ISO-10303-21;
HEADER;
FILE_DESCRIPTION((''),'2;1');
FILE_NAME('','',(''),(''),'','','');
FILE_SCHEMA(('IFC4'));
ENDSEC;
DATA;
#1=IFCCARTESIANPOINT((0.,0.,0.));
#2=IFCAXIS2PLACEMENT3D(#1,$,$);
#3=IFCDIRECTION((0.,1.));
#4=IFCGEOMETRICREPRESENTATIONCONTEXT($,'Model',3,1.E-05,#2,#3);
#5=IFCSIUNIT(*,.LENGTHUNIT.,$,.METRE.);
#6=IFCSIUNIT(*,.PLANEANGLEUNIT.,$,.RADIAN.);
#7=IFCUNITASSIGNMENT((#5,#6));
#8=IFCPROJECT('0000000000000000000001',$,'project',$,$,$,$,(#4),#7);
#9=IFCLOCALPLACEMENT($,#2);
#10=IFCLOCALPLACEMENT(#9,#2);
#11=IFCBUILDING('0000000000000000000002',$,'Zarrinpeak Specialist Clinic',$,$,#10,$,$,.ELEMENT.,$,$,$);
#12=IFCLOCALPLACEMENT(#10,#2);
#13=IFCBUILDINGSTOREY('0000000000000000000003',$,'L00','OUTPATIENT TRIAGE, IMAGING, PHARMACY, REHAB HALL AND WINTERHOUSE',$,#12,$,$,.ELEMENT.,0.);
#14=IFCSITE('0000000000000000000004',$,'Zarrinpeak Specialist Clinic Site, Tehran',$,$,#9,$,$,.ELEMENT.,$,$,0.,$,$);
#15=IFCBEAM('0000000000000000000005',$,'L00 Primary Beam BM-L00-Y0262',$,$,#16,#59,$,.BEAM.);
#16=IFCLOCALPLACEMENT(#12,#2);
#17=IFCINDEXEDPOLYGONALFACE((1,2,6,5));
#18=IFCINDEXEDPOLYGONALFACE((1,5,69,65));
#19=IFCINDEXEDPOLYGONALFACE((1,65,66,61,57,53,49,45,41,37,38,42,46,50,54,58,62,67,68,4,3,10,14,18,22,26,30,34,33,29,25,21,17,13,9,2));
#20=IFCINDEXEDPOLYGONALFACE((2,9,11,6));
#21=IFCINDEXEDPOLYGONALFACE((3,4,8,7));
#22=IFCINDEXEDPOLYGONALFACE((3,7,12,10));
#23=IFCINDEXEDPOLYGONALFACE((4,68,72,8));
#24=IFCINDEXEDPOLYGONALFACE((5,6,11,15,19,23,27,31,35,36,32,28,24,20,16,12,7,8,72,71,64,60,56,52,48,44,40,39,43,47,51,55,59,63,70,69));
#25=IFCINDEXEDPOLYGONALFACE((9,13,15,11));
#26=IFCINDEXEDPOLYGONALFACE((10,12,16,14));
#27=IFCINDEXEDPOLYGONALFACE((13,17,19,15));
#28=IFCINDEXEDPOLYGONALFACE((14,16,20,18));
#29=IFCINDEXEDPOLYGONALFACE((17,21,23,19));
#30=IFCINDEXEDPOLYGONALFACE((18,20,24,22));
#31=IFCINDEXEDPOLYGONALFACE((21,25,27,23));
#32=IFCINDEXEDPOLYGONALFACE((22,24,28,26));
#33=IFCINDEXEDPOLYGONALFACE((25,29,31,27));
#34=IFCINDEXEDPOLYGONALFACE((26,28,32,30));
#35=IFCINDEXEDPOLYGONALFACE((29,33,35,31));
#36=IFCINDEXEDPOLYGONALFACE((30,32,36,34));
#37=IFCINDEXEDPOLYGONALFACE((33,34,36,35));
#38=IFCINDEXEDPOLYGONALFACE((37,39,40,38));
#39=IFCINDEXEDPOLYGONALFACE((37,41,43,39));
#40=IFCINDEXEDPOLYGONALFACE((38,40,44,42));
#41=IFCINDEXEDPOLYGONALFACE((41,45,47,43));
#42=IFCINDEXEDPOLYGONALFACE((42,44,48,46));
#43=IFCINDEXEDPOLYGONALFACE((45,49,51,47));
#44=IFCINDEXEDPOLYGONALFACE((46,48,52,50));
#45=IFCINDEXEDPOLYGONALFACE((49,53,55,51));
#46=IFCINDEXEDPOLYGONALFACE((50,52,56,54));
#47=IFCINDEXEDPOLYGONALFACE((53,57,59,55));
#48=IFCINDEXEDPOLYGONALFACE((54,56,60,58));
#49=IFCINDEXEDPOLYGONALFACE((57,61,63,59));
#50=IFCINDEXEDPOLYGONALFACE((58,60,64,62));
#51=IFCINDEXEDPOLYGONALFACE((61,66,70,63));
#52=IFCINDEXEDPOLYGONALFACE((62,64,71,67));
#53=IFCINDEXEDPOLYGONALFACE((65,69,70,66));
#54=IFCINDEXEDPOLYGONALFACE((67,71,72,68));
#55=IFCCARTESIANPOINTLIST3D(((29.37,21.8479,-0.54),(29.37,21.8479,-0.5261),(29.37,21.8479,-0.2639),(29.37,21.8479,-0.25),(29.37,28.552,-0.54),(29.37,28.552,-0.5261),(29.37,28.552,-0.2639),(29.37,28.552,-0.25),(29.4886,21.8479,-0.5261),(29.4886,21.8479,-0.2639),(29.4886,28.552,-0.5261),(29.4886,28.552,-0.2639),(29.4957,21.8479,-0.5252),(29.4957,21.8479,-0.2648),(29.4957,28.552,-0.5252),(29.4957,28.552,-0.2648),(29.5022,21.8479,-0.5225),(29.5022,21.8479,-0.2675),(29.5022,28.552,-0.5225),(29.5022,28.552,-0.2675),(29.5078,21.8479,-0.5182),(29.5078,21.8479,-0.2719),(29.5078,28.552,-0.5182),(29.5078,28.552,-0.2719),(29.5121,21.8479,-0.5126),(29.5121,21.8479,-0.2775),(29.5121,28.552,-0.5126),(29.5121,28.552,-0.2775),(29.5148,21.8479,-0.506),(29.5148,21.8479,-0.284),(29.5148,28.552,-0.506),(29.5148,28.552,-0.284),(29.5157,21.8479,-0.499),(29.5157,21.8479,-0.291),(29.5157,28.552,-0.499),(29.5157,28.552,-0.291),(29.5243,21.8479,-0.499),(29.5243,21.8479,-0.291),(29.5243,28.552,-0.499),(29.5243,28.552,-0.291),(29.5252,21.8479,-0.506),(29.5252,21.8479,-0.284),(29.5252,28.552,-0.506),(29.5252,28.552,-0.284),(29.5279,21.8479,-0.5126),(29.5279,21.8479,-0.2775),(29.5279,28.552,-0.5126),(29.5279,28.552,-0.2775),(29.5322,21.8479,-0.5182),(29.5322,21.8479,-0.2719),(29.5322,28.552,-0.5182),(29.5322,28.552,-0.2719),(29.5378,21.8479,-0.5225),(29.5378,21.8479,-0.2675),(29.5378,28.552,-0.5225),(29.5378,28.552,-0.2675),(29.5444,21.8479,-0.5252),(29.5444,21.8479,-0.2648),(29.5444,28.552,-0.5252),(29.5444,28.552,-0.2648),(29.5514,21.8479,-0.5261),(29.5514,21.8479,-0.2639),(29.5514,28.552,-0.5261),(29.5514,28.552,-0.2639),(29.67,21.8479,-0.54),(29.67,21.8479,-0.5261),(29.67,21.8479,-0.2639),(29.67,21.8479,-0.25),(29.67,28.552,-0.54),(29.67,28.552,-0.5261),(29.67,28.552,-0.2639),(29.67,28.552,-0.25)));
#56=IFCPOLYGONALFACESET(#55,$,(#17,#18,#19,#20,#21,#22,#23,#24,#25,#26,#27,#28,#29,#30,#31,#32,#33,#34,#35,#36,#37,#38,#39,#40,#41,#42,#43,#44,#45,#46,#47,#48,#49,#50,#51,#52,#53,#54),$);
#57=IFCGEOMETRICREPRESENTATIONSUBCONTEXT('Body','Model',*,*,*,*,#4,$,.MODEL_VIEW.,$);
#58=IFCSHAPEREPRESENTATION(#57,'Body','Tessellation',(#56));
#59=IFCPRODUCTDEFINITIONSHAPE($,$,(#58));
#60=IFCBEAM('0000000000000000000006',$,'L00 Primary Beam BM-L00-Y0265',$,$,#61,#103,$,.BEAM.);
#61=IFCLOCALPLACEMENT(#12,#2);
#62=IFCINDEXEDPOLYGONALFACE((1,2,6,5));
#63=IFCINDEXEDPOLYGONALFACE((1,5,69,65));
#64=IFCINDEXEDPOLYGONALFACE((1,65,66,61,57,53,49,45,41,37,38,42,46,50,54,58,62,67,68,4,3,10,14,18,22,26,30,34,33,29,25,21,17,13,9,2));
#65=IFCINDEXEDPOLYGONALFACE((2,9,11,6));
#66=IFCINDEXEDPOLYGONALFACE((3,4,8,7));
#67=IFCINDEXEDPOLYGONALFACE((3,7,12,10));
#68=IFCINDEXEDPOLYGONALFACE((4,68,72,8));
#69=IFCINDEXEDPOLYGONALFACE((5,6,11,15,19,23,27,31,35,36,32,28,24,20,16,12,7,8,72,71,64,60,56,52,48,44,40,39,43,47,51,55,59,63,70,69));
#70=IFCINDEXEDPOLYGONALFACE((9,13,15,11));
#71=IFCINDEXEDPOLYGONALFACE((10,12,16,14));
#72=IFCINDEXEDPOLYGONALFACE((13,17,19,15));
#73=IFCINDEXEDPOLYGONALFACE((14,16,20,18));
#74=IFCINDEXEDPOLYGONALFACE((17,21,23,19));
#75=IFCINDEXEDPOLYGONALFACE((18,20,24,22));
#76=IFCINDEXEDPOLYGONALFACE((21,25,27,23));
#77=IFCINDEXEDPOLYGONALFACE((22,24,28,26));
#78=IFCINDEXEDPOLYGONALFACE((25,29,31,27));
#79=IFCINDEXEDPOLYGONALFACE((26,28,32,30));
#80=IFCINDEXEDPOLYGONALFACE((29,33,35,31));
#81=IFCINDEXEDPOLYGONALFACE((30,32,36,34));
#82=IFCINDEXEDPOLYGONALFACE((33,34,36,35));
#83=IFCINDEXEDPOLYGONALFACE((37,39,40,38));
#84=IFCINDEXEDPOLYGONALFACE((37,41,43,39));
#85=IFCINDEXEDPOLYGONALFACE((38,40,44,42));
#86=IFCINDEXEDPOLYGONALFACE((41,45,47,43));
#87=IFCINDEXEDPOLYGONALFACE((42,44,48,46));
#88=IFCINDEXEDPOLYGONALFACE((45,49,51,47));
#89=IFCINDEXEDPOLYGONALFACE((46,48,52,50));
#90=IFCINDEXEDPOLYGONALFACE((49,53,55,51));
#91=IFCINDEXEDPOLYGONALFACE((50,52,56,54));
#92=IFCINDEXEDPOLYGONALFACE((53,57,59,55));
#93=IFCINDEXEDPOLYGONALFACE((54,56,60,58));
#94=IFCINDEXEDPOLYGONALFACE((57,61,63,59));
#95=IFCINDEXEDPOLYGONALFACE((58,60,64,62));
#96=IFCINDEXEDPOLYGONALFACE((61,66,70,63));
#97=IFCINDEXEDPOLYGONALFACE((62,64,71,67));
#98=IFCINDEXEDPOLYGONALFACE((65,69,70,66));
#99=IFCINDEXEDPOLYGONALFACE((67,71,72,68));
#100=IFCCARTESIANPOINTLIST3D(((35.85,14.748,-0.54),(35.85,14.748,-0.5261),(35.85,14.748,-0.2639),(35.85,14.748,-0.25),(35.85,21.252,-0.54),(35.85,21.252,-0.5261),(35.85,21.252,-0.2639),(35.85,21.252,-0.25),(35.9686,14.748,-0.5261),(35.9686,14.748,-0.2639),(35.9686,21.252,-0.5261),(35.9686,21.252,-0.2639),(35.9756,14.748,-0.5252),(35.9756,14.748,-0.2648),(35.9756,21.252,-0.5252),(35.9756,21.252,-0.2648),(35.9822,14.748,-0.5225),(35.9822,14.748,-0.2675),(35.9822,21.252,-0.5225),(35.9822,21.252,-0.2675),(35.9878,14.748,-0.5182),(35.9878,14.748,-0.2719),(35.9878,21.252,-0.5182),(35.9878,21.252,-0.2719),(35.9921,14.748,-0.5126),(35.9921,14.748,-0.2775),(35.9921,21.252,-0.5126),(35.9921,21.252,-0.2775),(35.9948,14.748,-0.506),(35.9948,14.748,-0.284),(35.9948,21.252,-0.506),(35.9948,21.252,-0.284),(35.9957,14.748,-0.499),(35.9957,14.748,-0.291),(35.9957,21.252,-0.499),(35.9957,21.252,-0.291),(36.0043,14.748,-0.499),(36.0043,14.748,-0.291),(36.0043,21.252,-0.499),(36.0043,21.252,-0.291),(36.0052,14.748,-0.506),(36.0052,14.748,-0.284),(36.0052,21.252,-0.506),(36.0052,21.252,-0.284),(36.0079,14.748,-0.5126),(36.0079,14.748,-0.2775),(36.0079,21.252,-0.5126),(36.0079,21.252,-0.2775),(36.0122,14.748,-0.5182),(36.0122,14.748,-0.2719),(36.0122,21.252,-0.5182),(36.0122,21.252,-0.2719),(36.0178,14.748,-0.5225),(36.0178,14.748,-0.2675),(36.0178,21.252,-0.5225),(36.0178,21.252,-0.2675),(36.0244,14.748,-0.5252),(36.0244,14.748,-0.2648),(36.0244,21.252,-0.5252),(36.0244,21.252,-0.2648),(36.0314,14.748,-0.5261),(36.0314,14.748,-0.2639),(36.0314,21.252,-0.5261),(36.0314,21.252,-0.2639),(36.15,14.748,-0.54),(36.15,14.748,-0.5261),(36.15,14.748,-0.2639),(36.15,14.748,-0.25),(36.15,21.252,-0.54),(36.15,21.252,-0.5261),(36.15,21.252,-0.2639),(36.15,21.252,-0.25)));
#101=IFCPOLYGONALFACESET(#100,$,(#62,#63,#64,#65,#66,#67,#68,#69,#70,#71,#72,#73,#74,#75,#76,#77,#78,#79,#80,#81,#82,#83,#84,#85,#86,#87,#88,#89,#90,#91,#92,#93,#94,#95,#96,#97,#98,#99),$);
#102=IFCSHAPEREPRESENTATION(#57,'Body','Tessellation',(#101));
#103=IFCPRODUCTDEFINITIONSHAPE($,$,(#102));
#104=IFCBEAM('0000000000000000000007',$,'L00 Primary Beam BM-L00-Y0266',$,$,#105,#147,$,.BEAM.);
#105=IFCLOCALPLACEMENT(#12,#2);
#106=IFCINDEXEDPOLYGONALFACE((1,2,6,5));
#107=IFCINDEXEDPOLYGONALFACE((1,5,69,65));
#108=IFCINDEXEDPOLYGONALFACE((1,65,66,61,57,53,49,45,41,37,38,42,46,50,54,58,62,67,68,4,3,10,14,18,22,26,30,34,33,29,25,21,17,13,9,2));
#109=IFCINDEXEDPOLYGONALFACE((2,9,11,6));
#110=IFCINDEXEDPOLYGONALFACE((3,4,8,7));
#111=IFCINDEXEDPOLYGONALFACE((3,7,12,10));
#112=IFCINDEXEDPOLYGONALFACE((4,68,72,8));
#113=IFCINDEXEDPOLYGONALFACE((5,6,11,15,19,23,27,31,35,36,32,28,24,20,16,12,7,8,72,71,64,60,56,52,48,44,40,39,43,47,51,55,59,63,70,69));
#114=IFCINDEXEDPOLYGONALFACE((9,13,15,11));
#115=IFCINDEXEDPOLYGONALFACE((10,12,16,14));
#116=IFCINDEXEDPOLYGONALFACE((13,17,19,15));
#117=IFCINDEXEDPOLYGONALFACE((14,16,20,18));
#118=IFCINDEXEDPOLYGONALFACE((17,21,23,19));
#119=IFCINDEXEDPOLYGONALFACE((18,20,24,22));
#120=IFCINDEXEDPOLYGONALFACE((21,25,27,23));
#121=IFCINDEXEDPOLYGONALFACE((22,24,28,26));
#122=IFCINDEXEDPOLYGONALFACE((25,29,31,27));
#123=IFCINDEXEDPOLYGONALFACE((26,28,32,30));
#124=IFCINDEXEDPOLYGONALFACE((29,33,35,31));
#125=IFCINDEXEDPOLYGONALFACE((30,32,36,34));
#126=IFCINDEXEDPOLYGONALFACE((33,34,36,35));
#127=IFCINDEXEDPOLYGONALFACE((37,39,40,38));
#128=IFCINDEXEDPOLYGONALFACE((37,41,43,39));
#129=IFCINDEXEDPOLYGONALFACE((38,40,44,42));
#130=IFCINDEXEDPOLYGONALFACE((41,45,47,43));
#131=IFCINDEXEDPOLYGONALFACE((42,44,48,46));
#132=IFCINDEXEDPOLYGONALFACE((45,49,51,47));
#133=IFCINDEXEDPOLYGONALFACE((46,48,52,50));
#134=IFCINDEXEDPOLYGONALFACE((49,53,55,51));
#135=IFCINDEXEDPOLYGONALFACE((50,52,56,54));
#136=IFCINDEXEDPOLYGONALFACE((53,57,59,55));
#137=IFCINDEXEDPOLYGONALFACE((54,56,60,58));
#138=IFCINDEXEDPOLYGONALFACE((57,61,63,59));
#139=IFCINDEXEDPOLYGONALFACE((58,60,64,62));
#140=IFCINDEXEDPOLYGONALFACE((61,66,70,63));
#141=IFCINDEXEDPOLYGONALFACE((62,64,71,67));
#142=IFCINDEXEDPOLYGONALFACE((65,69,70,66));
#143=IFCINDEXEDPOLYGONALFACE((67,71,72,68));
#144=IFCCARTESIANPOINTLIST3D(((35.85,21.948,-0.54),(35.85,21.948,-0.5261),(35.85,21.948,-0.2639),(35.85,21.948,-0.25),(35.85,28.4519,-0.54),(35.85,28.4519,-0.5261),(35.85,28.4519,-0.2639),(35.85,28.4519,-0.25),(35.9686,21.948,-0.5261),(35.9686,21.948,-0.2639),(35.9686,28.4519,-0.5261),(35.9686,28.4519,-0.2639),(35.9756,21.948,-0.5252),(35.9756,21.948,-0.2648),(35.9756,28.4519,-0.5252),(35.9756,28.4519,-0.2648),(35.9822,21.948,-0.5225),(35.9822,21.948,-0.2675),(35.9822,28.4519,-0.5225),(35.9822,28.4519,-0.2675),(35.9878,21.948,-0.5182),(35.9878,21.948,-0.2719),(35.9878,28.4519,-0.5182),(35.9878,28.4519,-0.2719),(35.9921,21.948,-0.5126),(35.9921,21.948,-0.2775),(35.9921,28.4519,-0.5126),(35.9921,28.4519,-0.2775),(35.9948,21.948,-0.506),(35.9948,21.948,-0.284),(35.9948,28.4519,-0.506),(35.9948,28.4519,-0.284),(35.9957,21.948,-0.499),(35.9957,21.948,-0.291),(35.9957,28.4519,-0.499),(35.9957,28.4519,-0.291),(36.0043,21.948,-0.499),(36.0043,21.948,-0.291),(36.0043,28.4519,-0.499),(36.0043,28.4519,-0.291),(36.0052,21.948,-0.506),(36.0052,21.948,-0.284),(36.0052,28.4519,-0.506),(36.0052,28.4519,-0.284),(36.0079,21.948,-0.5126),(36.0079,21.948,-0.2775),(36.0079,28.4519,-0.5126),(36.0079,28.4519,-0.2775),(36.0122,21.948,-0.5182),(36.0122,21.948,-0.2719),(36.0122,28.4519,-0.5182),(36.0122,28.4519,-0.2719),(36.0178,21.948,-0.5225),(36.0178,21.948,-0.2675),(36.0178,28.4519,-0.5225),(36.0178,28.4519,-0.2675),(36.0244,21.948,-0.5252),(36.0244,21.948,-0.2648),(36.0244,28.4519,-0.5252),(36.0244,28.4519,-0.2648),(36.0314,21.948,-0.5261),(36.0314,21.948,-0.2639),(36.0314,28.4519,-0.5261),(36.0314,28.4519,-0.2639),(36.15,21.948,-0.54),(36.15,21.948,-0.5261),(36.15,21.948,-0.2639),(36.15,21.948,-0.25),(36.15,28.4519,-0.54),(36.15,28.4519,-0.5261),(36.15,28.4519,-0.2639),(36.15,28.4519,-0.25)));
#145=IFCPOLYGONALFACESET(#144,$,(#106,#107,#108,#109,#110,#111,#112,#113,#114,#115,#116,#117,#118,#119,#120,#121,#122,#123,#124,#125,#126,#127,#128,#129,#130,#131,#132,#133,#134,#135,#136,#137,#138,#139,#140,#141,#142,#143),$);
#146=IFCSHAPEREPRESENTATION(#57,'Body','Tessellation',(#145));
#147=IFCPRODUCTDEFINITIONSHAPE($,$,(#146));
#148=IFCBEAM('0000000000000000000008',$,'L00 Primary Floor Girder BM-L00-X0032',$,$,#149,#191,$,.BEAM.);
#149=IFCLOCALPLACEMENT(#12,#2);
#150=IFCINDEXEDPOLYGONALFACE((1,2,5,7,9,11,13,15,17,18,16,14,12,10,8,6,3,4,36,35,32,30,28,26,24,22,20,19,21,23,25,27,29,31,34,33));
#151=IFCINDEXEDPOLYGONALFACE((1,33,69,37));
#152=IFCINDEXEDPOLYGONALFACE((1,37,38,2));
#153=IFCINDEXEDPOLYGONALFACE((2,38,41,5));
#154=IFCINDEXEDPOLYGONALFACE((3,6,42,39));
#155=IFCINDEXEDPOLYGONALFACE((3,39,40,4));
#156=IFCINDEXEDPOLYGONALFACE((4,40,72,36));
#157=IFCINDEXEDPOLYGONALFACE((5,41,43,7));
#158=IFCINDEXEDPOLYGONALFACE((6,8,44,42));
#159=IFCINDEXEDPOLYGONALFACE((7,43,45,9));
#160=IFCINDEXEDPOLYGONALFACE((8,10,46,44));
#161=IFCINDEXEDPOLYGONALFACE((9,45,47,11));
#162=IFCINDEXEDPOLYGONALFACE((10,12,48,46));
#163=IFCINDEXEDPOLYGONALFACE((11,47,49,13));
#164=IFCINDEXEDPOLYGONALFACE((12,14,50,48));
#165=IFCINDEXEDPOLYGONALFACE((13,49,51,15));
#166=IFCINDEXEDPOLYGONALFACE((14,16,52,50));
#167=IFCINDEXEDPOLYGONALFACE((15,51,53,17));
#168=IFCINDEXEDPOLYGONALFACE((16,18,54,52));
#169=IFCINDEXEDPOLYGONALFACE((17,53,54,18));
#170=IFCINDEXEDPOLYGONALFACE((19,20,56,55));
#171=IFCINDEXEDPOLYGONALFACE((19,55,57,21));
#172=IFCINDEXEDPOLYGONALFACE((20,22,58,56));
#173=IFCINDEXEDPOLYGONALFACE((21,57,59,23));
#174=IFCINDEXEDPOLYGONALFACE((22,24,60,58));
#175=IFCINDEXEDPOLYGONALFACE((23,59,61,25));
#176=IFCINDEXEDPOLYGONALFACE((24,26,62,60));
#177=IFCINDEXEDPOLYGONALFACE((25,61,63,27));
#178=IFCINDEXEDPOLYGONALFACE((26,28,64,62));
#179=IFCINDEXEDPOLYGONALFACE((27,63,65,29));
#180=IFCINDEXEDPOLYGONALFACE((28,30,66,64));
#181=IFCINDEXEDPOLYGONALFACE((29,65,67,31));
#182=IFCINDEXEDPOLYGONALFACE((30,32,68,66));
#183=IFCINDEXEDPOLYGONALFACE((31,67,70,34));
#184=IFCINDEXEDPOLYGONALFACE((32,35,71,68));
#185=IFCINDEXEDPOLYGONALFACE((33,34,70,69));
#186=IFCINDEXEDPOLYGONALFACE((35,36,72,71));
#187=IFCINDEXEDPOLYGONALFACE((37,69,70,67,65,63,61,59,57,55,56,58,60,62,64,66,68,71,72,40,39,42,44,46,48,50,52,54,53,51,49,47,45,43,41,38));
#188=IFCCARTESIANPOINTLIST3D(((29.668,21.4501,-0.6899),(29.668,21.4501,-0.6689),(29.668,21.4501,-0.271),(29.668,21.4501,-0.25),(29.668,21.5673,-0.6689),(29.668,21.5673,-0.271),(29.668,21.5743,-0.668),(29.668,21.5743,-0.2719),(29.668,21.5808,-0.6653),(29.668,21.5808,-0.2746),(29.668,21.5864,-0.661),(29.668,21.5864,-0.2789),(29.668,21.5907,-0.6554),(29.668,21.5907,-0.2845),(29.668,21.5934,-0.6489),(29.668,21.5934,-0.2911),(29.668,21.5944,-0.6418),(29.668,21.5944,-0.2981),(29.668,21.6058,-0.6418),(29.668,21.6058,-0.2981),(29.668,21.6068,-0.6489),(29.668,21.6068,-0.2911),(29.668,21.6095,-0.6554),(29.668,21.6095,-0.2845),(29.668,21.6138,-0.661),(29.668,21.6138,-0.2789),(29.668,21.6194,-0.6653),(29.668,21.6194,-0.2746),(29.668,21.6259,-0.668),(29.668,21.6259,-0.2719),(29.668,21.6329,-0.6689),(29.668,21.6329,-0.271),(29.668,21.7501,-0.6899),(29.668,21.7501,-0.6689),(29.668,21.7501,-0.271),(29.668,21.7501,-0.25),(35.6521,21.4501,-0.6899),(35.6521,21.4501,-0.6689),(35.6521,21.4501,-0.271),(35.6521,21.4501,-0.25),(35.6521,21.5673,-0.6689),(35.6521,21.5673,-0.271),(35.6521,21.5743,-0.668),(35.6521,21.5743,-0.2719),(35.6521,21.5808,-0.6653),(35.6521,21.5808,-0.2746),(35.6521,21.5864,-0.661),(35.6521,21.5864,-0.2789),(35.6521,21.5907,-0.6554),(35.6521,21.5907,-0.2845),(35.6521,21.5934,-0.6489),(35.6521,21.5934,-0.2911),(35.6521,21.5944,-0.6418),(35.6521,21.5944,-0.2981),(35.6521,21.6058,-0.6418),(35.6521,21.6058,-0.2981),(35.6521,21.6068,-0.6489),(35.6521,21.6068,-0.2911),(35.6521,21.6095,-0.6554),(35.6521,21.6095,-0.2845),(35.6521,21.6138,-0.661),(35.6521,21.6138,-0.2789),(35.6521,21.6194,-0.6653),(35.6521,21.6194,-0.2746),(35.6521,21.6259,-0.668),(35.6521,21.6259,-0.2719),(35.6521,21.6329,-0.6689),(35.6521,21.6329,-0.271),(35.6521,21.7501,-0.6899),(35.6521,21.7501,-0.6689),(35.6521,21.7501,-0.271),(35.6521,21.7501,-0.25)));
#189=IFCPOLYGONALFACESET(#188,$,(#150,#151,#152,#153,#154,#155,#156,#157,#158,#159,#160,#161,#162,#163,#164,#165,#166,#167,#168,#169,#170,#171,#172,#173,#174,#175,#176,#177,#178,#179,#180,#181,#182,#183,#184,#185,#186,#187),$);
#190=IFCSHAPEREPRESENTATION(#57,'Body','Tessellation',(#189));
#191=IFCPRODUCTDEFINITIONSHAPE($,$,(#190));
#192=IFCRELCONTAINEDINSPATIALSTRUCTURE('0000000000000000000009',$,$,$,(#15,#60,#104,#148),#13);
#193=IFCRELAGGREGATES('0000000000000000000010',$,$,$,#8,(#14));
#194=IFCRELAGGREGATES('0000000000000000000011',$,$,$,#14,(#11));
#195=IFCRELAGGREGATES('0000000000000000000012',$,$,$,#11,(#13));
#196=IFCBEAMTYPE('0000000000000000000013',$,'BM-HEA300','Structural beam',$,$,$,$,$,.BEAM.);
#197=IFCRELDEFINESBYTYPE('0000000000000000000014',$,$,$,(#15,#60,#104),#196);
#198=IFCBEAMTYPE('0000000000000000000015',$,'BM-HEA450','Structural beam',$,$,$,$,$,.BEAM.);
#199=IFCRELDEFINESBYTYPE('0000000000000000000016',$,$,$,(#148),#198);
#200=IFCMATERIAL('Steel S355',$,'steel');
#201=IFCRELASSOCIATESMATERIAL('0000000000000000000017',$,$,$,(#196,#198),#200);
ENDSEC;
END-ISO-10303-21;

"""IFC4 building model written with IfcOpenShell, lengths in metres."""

from ifc_helpers import new_model, si_unit, direction, frame, origin, origin_2d, place, context, subcontext, project, spatial, i_section, extrude, material, material_profile, profile_set, type_object, element, save


model = new_model("IFC4")

# Units and contexts
model_context = context("Model", 3, precision=1e-05, world=origin(), true_north=direction((0.0, 1.0)))
body_context = subcontext(model_context, "Body", "Model", "MODEL_VIEW")
ifc_project = project(units=[si_unit("LENGTHUNIT", "METRE"), si_unit("PLANEANGLEUNIT", "RADIAN")], contexts=[model_context])

# Site, building, storey
site_placement = place(None, origin())
site = spatial("IfcSite", under=ifc_project, at=site_placement, Name="Zarrinpeak Specialist Clinic Site, Tehran", CompositionType="ELEMENT", RefElevation=0.0)
building_placement = place(site_placement, origin())
building = spatial("IfcBuilding", under=site, at=building_placement, Name="Zarrinpeak Specialist Clinic", CompositionType="ELEMENT")
storey_placement = place(building_placement, origin())
storey = spatial("IfcBuildingStorey", under=building, at=storey_placement, Name="L00", Description="OUTPATIENT TRIAGE, IMAGING, PHARMACY, REHAB HALL AND WINTERHOUSE", CompositionType="ELEMENT", Elevation=0.0)

# Shared definitions
ifc_material_1 = material(Name="Steel S355", Category="steel")

# Beams
ifc_material_profile_1 = material_profile(ifc_material_1, i_section(OverallWidth=0.3, OverallDepth=0.29, WebThickness=0.0085, FlangeThickness=0.0139, FilletRadius=0.0271, at=origin_2d()), Name="HEA 300")
ifc_profile_set_1 = profile_set([ifc_material_profile_1], Name="Steel S355")
beam_type_1 = type_object("IfcBeamType", Name="BM-HEA300", Description="Structural beam", PredefinedType="BEAM", material=ifc_profile_set_1)
beam_1_placement = place(storey_placement, frame((29.52, 21.8479, -0.395), z_axis=(0.0, 1.0, 0.0), x_axis=(-1.0, 0.0, 0.0)))
element("IfcBeam", 1, at=beam_1_placement, inside=storey, type_object=beam_type_1, Name="L00 Primary Beam BM-L00-Y0262", PredefinedType="BEAM", context=body_context, shape_type="SweptSolid", body=[
    extrude(i_section(OverallWidth=0.3, OverallDepth=0.29, WebThickness=0.0085, FlangeThickness=0.0139, FilletRadius=0.0271, at=origin_2d()), origin(), (0.0, 0.0, 1.0), 6.7041),
])
for number, where, z_axis, x_axis, name in (
    (2, (36.0, 14.748, -0.395), (0.0, 1.0, 0.0), (-1.0, 0.0, 0.0), "L00 Primary Beam BM-L00-Y0265"),
    (3, (36.0, 21.948, -0.395), (0.0, 1.0, 0.0), (-1.0, 0.0, 0.0), "L00 Primary Beam BM-L00-Y0266"),
):
    element("IfcBeam", number, at=place(storey_placement, frame(where, z_axis=z_axis, x_axis=x_axis)), inside=storey, type_object=beam_type_1, Name=name, PredefinedType="BEAM", context=body_context, shape_type="SweptSolid", body=[
        extrude(i_section(OverallWidth=0.3, OverallDepth=0.29, WebThickness=0.0085, FlangeThickness=0.0139, FilletRadius=0.0271, at=origin_2d()), origin(), (0.0, 0.0, 1.0), 6.5039),
    ])
ifc_material_profile_2 = material_profile(ifc_material_1, i_section(OverallWidth=0.3, OverallDepth=0.4399, WebThickness=0.0115, FlangeThickness=0.021, FilletRadius=0.0271, at=origin_2d()), Name="HEA 450")
ifc_profile_set_2 = profile_set([ifc_material_profile_2], Name="Steel S355")
beam_type_2 = type_object("IfcBeamType", Name="BM-HEA450", Description="Structural beam", PredefinedType="BEAM", material=ifc_profile_set_2)
beam_2_placement = place(storey_placement, frame((29.668, 21.6001, -0.47), z_axis=(1.0, 0.0, 0.0), x_axis=(0.0, 1.0, 0.0)))
element("IfcBeam", 4, at=beam_2_placement, inside=storey, type_object=beam_type_2, Name="L00 Primary Floor Girder BM-L00-X0032", PredefinedType="BEAM", context=body_context, shape_type="SweptSolid", body=[
    extrude(i_section(OverallWidth=0.3, OverallDepth=0.4399, WebThickness=0.0115, FlangeThickness=0.021, FilletRadius=0.0271, at=origin_2d()), origin(), (0.0, 0.0, 1.0), 5.9841),
])

save(model, "model.ifc")
